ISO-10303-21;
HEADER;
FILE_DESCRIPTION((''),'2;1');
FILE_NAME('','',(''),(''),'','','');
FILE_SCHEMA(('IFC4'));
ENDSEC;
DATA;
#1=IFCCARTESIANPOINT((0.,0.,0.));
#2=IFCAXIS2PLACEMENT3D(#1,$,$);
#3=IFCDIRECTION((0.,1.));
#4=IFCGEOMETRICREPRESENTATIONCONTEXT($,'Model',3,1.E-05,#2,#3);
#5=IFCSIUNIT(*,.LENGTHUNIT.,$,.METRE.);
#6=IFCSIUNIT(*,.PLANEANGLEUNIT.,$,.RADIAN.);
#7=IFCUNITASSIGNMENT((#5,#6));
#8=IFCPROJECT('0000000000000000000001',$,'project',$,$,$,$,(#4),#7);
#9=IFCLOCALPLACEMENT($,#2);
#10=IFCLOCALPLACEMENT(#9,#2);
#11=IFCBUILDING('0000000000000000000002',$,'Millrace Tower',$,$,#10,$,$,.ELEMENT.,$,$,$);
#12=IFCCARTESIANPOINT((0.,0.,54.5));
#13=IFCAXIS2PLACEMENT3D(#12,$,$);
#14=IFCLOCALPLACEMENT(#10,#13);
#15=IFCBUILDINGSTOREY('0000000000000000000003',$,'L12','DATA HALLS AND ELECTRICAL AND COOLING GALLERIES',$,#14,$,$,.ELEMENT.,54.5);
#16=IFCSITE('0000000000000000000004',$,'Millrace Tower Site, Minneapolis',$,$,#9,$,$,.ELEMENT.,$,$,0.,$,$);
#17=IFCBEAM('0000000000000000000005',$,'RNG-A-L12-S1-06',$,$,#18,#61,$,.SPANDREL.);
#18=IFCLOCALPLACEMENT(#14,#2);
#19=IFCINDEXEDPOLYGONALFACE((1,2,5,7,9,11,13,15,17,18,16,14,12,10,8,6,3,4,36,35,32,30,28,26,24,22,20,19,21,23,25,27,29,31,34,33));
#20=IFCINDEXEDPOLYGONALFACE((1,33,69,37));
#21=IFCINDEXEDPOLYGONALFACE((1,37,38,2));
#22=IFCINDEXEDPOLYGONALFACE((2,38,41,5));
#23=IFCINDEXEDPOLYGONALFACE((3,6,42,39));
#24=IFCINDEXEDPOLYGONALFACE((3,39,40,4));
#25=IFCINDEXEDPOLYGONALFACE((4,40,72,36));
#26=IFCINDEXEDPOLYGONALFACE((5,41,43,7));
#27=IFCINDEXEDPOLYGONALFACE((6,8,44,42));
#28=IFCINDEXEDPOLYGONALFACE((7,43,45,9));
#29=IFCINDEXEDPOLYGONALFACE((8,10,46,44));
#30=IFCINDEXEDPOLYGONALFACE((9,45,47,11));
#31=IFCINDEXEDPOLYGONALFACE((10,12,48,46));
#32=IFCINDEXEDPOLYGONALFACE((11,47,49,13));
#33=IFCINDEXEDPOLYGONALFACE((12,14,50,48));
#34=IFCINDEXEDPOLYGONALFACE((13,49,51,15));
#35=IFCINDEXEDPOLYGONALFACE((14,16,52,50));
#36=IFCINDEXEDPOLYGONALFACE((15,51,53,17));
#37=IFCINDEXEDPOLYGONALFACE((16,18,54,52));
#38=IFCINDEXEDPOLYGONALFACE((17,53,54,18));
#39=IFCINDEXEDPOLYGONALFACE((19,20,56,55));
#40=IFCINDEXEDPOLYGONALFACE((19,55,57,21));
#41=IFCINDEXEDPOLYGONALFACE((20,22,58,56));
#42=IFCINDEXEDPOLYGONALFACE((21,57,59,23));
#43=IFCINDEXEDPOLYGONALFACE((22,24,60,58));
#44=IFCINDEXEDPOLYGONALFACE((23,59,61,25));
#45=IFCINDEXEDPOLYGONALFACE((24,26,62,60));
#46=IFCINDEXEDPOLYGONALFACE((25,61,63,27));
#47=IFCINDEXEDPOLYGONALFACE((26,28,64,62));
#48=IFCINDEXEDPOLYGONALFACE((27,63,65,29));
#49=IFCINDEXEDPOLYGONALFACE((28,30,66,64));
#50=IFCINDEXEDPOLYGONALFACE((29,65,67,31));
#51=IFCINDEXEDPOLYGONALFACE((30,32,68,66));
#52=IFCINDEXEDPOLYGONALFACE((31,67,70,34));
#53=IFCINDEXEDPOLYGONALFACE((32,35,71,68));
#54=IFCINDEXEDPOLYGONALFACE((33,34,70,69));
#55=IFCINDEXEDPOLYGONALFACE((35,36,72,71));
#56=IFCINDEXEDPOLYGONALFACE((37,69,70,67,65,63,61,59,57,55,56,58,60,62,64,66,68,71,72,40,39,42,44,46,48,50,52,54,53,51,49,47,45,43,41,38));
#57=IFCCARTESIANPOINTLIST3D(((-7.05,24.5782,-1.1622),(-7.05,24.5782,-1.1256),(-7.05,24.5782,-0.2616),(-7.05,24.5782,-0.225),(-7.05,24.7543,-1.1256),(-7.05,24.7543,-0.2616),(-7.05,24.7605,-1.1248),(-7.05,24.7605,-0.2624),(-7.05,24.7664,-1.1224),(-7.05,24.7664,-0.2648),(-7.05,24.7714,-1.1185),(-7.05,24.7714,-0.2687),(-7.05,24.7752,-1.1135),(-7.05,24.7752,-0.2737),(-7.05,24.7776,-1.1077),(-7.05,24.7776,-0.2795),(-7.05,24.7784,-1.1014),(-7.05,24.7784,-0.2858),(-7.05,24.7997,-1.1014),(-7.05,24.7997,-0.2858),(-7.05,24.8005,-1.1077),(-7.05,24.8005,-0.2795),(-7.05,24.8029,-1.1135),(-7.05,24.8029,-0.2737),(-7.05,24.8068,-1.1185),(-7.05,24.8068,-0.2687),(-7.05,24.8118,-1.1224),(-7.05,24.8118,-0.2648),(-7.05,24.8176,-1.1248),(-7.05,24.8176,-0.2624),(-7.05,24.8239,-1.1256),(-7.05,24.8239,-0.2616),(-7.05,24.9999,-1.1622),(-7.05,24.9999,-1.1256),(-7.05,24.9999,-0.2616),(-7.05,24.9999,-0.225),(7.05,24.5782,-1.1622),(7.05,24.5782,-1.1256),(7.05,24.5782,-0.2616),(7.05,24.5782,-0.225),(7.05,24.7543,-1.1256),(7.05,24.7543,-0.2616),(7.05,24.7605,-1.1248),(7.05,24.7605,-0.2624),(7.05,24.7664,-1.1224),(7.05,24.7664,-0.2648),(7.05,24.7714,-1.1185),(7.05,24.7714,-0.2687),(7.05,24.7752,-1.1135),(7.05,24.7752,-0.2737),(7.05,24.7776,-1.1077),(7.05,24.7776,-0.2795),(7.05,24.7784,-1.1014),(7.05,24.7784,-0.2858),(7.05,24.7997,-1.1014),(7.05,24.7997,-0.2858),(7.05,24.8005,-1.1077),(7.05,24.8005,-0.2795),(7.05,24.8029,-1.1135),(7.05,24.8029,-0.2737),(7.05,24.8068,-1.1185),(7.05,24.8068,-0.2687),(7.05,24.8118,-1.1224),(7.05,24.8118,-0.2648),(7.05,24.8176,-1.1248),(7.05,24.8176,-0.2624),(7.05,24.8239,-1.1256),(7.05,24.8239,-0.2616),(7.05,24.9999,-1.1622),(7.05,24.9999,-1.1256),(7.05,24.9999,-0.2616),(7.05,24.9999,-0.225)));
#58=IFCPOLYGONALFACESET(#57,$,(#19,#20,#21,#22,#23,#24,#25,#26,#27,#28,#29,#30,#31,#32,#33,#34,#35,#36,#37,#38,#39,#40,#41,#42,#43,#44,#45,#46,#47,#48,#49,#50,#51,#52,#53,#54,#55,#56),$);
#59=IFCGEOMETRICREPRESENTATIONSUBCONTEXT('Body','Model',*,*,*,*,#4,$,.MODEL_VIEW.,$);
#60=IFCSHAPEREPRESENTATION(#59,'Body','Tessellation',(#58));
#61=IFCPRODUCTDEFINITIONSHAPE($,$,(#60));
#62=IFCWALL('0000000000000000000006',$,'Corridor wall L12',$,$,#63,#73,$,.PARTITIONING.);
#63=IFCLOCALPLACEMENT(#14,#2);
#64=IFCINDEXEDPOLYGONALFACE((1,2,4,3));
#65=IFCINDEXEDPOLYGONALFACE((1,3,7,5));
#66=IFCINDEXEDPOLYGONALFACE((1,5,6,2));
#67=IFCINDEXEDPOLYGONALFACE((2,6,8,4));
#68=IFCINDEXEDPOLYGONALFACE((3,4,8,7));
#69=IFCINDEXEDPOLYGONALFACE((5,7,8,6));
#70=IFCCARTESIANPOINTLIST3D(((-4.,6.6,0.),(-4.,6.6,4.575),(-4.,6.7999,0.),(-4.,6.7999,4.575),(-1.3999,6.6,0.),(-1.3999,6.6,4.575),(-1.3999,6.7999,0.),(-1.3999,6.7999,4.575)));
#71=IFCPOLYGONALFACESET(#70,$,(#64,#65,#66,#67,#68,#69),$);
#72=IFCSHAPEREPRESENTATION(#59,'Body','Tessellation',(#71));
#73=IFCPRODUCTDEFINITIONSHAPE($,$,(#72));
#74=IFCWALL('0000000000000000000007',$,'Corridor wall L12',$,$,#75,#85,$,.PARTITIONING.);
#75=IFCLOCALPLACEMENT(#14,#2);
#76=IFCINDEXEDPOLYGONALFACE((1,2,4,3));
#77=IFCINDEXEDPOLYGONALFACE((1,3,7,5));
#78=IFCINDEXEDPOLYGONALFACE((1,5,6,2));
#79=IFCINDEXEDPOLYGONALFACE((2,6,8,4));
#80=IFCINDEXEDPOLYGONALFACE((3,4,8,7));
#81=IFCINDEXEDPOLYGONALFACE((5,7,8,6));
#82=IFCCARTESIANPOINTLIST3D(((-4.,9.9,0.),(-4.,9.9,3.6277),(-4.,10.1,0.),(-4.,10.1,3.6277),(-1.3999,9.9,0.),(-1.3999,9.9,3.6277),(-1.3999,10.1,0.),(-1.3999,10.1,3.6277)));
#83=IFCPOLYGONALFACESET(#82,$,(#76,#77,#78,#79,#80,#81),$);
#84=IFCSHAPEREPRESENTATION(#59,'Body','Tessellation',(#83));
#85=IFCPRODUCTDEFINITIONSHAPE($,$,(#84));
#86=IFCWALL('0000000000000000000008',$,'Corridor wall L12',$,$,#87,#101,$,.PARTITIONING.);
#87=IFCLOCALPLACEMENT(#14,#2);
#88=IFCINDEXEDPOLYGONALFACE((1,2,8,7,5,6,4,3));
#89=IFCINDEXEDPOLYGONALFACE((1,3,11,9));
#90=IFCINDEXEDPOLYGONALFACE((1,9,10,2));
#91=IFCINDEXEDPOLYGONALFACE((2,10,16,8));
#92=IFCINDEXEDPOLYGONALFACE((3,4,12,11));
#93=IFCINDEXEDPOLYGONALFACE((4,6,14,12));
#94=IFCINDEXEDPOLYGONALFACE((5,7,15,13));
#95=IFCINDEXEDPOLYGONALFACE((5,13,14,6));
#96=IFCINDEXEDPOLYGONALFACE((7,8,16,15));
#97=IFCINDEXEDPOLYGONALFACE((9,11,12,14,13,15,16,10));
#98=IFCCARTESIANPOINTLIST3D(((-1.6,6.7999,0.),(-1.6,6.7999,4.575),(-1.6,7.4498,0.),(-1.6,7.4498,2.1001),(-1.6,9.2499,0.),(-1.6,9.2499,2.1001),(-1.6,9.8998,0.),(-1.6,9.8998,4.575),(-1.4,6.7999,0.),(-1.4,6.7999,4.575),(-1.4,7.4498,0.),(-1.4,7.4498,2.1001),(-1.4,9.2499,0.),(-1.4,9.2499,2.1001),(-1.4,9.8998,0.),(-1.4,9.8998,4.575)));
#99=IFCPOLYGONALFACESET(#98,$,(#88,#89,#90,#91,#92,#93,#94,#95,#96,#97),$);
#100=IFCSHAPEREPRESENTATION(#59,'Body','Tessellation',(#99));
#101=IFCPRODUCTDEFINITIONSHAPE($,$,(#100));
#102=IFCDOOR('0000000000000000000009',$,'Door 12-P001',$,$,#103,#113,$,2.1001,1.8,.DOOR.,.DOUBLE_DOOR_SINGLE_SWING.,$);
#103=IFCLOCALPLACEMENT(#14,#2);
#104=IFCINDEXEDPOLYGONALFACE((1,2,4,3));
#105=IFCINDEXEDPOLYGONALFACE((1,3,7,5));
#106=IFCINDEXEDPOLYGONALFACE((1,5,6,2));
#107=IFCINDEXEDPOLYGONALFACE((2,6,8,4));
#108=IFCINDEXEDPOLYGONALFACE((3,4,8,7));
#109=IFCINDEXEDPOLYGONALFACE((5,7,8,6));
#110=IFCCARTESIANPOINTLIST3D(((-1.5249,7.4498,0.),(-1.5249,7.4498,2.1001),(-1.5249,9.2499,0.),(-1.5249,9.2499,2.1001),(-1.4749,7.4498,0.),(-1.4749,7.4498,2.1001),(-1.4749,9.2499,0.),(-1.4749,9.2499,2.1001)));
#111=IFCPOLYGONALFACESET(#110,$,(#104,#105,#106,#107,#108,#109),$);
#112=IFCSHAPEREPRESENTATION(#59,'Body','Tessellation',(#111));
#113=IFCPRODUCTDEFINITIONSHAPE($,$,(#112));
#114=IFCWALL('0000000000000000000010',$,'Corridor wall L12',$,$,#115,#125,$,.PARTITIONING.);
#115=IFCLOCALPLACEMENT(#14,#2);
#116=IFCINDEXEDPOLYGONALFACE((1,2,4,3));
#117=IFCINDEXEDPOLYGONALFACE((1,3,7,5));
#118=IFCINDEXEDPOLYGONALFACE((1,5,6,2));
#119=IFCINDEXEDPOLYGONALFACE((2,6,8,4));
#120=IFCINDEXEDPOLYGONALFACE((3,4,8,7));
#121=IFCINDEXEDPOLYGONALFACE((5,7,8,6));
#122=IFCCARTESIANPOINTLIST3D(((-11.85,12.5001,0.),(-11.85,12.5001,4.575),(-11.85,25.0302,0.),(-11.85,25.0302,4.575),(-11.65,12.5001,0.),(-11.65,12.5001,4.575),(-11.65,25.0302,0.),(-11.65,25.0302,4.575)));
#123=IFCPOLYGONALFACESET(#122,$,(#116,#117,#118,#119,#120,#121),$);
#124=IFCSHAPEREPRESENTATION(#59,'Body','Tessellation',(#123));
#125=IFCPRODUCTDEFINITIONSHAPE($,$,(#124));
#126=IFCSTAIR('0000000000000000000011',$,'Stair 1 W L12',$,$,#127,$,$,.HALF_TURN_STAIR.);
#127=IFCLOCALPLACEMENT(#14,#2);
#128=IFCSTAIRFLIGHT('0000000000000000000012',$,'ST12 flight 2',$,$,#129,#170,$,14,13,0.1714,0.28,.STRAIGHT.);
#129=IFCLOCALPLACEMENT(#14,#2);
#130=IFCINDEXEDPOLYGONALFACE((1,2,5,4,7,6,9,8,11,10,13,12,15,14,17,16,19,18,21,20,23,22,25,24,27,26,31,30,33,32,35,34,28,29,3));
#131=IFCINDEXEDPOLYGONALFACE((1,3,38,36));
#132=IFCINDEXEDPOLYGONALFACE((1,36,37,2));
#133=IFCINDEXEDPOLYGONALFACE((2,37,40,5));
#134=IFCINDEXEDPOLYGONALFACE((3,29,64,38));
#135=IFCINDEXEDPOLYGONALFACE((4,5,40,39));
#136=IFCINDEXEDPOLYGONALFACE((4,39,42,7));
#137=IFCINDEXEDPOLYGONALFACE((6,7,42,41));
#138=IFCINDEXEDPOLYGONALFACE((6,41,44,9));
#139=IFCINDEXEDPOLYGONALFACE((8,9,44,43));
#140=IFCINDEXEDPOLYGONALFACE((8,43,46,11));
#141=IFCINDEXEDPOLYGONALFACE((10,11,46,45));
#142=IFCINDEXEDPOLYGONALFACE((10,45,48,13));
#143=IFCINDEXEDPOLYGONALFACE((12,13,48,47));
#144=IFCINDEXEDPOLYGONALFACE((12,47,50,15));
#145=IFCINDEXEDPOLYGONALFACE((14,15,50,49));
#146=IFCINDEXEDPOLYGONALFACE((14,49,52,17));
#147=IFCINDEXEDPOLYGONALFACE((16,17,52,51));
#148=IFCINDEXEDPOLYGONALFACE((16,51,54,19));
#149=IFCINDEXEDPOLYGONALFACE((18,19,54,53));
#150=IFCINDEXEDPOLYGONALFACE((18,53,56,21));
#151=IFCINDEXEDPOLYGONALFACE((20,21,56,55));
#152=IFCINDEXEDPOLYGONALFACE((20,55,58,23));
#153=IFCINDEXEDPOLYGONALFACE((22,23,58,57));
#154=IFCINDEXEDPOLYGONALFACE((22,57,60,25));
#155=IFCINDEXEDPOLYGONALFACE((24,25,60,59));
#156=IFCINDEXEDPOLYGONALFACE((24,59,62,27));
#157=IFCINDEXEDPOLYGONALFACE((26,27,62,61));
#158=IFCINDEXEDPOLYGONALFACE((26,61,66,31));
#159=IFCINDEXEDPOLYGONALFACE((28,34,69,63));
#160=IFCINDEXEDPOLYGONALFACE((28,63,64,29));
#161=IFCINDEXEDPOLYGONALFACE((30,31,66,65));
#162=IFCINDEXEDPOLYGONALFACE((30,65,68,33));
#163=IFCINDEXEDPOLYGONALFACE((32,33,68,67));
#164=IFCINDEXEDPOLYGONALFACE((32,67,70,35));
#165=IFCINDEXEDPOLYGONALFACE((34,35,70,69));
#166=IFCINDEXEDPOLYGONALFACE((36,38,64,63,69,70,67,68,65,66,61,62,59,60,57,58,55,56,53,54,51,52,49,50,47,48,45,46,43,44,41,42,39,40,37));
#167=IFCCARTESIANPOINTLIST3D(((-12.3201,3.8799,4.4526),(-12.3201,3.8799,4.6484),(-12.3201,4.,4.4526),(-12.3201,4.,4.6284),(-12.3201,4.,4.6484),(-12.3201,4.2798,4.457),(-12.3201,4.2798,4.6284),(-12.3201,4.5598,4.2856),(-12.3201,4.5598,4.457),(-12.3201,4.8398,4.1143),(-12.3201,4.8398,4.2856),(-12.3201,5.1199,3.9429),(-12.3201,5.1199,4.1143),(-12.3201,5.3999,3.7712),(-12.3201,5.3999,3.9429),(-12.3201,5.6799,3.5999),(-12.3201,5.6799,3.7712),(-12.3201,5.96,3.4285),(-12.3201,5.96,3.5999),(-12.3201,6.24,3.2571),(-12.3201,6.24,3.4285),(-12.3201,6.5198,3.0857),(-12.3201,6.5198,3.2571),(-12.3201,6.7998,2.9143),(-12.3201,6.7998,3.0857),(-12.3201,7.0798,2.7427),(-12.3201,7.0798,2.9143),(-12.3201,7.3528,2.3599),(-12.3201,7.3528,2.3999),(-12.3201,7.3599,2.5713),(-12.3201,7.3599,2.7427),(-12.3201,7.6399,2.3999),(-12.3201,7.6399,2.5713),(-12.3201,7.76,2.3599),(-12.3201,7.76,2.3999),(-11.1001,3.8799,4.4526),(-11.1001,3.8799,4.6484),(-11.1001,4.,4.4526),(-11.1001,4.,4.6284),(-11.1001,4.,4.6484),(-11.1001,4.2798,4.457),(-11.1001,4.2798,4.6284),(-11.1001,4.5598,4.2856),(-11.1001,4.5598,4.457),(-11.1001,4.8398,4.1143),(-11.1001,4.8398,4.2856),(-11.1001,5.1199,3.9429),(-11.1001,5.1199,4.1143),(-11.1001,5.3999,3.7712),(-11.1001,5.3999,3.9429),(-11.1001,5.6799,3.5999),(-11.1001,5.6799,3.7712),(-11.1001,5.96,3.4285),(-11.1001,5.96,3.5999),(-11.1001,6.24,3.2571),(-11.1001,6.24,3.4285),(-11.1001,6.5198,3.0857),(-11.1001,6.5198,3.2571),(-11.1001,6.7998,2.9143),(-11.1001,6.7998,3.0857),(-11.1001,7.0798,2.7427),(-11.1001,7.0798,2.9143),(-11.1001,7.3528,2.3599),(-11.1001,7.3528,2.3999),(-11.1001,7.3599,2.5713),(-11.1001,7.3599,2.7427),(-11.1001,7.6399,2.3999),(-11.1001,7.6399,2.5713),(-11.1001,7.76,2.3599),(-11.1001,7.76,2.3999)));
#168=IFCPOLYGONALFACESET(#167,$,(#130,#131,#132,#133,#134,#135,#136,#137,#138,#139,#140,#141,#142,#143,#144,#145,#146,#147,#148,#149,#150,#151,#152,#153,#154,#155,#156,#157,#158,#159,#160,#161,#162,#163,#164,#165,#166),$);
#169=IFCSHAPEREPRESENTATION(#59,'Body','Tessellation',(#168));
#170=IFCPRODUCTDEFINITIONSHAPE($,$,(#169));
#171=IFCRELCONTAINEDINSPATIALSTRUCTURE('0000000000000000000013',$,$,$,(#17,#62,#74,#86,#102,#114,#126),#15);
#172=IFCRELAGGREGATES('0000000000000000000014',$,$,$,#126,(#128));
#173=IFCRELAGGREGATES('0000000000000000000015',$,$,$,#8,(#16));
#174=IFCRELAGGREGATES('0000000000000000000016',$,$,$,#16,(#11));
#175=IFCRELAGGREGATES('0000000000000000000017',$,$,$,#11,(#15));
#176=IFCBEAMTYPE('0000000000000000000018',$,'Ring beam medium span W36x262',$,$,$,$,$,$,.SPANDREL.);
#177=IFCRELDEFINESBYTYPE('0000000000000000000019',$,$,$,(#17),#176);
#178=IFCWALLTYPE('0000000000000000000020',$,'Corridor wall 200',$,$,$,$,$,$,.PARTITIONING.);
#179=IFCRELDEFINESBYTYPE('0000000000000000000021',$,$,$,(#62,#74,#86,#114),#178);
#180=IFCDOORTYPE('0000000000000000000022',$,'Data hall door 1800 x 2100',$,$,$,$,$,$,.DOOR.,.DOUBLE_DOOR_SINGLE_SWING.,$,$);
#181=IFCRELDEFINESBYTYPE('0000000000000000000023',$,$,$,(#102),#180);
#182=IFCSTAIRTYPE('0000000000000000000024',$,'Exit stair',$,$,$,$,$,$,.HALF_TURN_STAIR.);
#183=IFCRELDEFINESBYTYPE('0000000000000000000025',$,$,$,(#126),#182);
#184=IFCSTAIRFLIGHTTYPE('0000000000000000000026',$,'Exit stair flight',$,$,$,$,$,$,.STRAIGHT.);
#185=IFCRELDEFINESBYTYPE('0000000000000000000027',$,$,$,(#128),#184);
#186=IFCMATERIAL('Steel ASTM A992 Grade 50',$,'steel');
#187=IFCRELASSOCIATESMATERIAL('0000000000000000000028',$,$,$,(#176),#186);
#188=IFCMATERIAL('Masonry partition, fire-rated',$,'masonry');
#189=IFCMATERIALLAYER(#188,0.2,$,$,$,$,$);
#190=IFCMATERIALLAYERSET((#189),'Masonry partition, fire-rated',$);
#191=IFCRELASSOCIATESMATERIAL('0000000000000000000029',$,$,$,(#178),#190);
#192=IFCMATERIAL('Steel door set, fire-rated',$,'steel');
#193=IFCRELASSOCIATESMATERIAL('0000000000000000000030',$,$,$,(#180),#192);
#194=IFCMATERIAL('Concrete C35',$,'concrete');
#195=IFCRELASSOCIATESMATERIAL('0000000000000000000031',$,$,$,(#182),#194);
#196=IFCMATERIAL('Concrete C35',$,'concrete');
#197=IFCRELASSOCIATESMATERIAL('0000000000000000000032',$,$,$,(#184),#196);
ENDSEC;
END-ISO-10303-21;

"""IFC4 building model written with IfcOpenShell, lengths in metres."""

from ifc_helpers import new_model, si_unit, direction, frame, frame_2d, origin, origin_2d, place, context, subcontext, project, spatial, polyline, rectangle, i_section, outline, extrude, material, layer, layer_set, material_profile, profile_set, type_object, element, fill, aggregate, save


model = new_model("IFC4")

# Units and contexts
model_context = context("Model", 3, precision=1e-05, world=origin(), true_north=direction((0.0, 1.0)))
body_context = subcontext(model_context, "Body", "Model", "MODEL_VIEW")
ifc_project = project(units=[si_unit("LENGTHUNIT", "METRE"), si_unit("PLANEANGLEUNIT", "RADIAN")], contexts=[model_context])

# Site, building, storey
site_placement = place(None, origin())
site = spatial("IfcSite", under=ifc_project, at=site_placement, Name="Millrace Tower Site, Minneapolis", CompositionType="ELEMENT", RefElevation=0.0)
building_placement = place(site_placement, origin())
building = spatial("IfcBuilding", under=site, at=building_placement, Name="Millrace Tower", CompositionType="ELEMENT")
storey_placement = place(building_placement, frame((0.0, 0.0, 54.5)))
storey = spatial("IfcBuildingStorey", under=building, at=storey_placement, Name="L12", Description="DATA HALLS AND ELECTRICAL AND COOLING GALLERIES", CompositionType="ELEMENT", Elevation=54.5)

# Shared definitions
placement = place(storey_placement, origin())

# Beam
ifc_material_1 = material(Name="Steel ASTM A992 Grade 50", Category="steel")
ifc_material_profile_1 = material_profile(ifc_material_1, i_section(OverallWidth=0.4216, OverallDepth=0.9373, WebThickness=0.0212, FlangeThickness=0.0366, FilletRadius=0.0242, at=origin_2d()))
ifc_profile_set_1 = profile_set([ifc_material_profile_1], Name="Steel ASTM A992 Grade 50")
beam_type_1 = type_object("IfcBeamType", Name="Ring beam medium span W36x262", PredefinedType="SPANDREL", material=ifc_profile_set_1)
beam_1_placement = place(storey_placement, frame((-7.05, 24.7891, -0.6936), z_axis=(1.0, 0.0, 0.0), x_axis=(0.0, 1.0, 0.0)))
element("IfcBeam", 1, at=beam_1_placement, inside=storey, type_object=beam_type_1, Name="RNG-A-L12-S1-06", PredefinedType="SPANDREL", context=body_context, shape_type="SweptSolid", body=[
    extrude(i_section(OverallWidth=0.4216, OverallDepth=0.9373, WebThickness=0.0212, FlangeThickness=0.0366, FilletRadius=0.0242, at=origin_2d()), origin(), (0.0, 0.0, 1.0), 14.1001),
])

# Walls
ifc_material_2 = material(Name="Masonry partition, fire-rated", Category="masonry")
ifc_layer_1 = layer(ifc_material_2, 0.2)
ifc_layer_set_1 = layer_set([ifc_layer_1], Name="Masonry partition, fire-rated")
wall_type = type_object("IfcWallType", Name="Corridor wall 200", PredefinedType="PARTITIONING", material=ifc_layer_set_1)
wall_1_placement = place(storey_placement, frame((-4.0, 6.7, 0.0), z_axis=(0.0, 0.0, 1.0), x_axis=(1.0, 0.0, 0.0)))
element("IfcWall", 2, at=wall_1_placement, inside=storey, type_object=wall_type, Name="Corridor wall L12", PredefinedType="PARTITIONING", context=body_context, shape_type="SweptSolid", body=[
    extrude(rectangle(XDim=2.6001, YDim=0.2, at=frame_2d((1.3, 0.0))), origin(), (0.0, 0.0, 1.0), 4.575),
])
wall_2_placement = place(storey_placement, frame((-4.0, 10.0, 0.0), z_axis=(0.0, 0.0, 1.0), x_axis=(1.0, 0.0, 0.0)))
element("IfcWall", 3, at=wall_2_placement, inside=storey, type_object=wall_type, Name="Corridor wall L12", PredefinedType="PARTITIONING", context=body_context, shape_type="SweptSolid", body=[
    extrude(rectangle(XDim=2.6001, YDim=0.2, at=frame_2d((1.3, 0.0))), origin(), (0.0, 0.0, 1.0), 3.6277),
])

# Wall, opening, door
wall_3_placement = place(storey_placement, frame((-1.5, 6.8, 0.0), z_axis=(0.0, 0.0, 1.0), x_axis=(0.0, 1.0, 0.0)))
wall_3 = element("IfcWall", 4, at=wall_3_placement, inside=storey, type_object=wall_type, Name="Corridor wall L12", PredefinedType="PARTITIONING", context=body_context, shape_type="SweptSolid", body=[
    extrude(rectangle(XDim=3.0999, YDim=0.2, at=frame_2d((1.5498, 0.0))), origin(), (0.0, 0.0, 1.0), 4.575),
])
opening_placement = place(wall_3_placement, frame((0.6499, 0.0, 0.0)))
opening = element("IfcOpeningElement", 5, at=opening_placement, cuts=wall_3, PredefinedType="OPENING", context=body_context, shape_type="SweptSolid", body=[
    extrude(rectangle(XDim=1.8, YDim=2.1001, at=frame_2d((0.8999, 1.05))), frame((0.0, 0.1099, 0.0), z_axis=(0.0, -1.0, 0.0), x_axis=(1.0, 0.0, 0.0)), (0.0, 0.0, 1.0), 0.22),
])
ifc_material_3 = material(Name="Steel door set, fire-rated", Category="steel")
door_type = type_object("IfcDoorType", Name="Data hall door 1800 x 2100", OperationType="DOUBLE_DOOR_SINGLE_SWING", PredefinedType="DOOR", material=ifc_material_3)
door_placement = place(opening_placement, origin())
door = element("IfcDoor", 6, at=door_placement, inside=storey, type_object=door_type, Name="Door 12-P001", OperationType="DOUBLE_DOOR_SINGLE_SWING", OverallHeight=2.1001, OverallWidth=1.8, PredefinedType="DOOR", context=body_context, shape_type="SweptSolid", body=[
    extrude(rectangle(XDim=1.8, YDim=2.1001, at=frame_2d((0.8999, 1.05))), frame((0.0, 0.0249, 0.0), z_axis=(0.0, -1.0, 0.0), x_axis=(1.0, 0.0, 0.0)), (0.0, 0.0, 1.0), 0.05),
])
fill(opening, door)

# Wall
wall_4_placement = place(storey_placement, frame((-11.75, 12.5, 0.0), z_axis=(0.0, 0.0, 1.0), x_axis=(0.0, 1.0, 0.0)))
element("IfcWall", 7, at=wall_4_placement, inside=storey, type_object=wall_type, Name="Corridor wall L12", PredefinedType="PARTITIONING", context=body_context, shape_type="SweptSolid", body=[
    extrude(rectangle(XDim=12.53, YDim=0.2, at=frame_2d((6.2651, 0.0))), origin(), (0.0, 0.0, 1.0), 4.575),
])

# Stair, stair flight
ifc_material_4 = material(Name="Concrete C35", Category="concrete")
stair_type = type_object("IfcStairType", Name="Exit stair", PredefinedType="HALF_TURN_STAIR", material=ifc_material_4)
stair_1 = element("IfcStair", 8, at=placement, inside=storey, type_object=stair_type, Name="Stair 1 W L12", PredefinedType="HALF_TURN_STAIR")
ifc_material_5 = material(Name="Concrete C35", Category="concrete")
stair_flight_type = type_object("IfcStairFlightType", Name="Exit stair flight", PredefinedType="STRAIGHT", material=ifc_material_5)
stair_flight_1_placement = place(storey_placement, frame((-11.71, 7.6399, 2.3999), z_axis=(0.0, 0.0, 1.0), x_axis=(0.0, -1.0, 0.0)))
stair_flight_1 = element("IfcStairFlight", 9, at=stair_flight_1_placement, type_object=stair_flight_type, Name="ST12 flight 2", NumberOfRisers=14, NumberOfTreads=13, PredefinedType="STRAIGHT", RiserHeight=0.1714, TreadLength=0.28, context=body_context, shape_type="SweptSolid", body=[
    extrude(outline(polyline([(-0.1201, -0.04), (-0.1201, 0.0), (0.0, 0.0), (0.0, 0.1714), (0.28, 0.1714), (0.28, 0.3428), (0.5601, 0.3428), (0.5601, 0.5144), (0.8401, 0.5144), (0.8401, 0.6858), (1.1201, 0.6858), (1.1201, 0.8572), (1.3999, 0.8572), (1.3999, 1.0286), (1.6799, 1.0286), (1.6799, 1.2), (1.96, 1.2), (1.96, 1.3713), (2.24, 1.3713), (2.24, 1.543), (2.52, 1.543), (2.52, 1.7144), (2.8, 1.7144), (2.8, 1.8857), (3.0801, 1.8857), (3.0801, 2.0571), (3.3601, 2.0571), (3.3601, 2.2285), (3.6399, 2.2285), (3.6399, 2.2485), (3.76, 2.2485), (3.76, 2.0527), (3.6399, 2.0527), (0.2871, 0.0), (0.2871, -0.04), (-0.1201, -0.04)])), frame((0.0, 0.6099, 0.0), z_axis=(0.0, -1.0, 0.0), x_axis=(1.0, 0.0, 0.0)), (0.0, 0.0, 1.0), 1.22),
])
aggregate(stair_1, [stair_flight_1])

save(model, "model.ifc")
